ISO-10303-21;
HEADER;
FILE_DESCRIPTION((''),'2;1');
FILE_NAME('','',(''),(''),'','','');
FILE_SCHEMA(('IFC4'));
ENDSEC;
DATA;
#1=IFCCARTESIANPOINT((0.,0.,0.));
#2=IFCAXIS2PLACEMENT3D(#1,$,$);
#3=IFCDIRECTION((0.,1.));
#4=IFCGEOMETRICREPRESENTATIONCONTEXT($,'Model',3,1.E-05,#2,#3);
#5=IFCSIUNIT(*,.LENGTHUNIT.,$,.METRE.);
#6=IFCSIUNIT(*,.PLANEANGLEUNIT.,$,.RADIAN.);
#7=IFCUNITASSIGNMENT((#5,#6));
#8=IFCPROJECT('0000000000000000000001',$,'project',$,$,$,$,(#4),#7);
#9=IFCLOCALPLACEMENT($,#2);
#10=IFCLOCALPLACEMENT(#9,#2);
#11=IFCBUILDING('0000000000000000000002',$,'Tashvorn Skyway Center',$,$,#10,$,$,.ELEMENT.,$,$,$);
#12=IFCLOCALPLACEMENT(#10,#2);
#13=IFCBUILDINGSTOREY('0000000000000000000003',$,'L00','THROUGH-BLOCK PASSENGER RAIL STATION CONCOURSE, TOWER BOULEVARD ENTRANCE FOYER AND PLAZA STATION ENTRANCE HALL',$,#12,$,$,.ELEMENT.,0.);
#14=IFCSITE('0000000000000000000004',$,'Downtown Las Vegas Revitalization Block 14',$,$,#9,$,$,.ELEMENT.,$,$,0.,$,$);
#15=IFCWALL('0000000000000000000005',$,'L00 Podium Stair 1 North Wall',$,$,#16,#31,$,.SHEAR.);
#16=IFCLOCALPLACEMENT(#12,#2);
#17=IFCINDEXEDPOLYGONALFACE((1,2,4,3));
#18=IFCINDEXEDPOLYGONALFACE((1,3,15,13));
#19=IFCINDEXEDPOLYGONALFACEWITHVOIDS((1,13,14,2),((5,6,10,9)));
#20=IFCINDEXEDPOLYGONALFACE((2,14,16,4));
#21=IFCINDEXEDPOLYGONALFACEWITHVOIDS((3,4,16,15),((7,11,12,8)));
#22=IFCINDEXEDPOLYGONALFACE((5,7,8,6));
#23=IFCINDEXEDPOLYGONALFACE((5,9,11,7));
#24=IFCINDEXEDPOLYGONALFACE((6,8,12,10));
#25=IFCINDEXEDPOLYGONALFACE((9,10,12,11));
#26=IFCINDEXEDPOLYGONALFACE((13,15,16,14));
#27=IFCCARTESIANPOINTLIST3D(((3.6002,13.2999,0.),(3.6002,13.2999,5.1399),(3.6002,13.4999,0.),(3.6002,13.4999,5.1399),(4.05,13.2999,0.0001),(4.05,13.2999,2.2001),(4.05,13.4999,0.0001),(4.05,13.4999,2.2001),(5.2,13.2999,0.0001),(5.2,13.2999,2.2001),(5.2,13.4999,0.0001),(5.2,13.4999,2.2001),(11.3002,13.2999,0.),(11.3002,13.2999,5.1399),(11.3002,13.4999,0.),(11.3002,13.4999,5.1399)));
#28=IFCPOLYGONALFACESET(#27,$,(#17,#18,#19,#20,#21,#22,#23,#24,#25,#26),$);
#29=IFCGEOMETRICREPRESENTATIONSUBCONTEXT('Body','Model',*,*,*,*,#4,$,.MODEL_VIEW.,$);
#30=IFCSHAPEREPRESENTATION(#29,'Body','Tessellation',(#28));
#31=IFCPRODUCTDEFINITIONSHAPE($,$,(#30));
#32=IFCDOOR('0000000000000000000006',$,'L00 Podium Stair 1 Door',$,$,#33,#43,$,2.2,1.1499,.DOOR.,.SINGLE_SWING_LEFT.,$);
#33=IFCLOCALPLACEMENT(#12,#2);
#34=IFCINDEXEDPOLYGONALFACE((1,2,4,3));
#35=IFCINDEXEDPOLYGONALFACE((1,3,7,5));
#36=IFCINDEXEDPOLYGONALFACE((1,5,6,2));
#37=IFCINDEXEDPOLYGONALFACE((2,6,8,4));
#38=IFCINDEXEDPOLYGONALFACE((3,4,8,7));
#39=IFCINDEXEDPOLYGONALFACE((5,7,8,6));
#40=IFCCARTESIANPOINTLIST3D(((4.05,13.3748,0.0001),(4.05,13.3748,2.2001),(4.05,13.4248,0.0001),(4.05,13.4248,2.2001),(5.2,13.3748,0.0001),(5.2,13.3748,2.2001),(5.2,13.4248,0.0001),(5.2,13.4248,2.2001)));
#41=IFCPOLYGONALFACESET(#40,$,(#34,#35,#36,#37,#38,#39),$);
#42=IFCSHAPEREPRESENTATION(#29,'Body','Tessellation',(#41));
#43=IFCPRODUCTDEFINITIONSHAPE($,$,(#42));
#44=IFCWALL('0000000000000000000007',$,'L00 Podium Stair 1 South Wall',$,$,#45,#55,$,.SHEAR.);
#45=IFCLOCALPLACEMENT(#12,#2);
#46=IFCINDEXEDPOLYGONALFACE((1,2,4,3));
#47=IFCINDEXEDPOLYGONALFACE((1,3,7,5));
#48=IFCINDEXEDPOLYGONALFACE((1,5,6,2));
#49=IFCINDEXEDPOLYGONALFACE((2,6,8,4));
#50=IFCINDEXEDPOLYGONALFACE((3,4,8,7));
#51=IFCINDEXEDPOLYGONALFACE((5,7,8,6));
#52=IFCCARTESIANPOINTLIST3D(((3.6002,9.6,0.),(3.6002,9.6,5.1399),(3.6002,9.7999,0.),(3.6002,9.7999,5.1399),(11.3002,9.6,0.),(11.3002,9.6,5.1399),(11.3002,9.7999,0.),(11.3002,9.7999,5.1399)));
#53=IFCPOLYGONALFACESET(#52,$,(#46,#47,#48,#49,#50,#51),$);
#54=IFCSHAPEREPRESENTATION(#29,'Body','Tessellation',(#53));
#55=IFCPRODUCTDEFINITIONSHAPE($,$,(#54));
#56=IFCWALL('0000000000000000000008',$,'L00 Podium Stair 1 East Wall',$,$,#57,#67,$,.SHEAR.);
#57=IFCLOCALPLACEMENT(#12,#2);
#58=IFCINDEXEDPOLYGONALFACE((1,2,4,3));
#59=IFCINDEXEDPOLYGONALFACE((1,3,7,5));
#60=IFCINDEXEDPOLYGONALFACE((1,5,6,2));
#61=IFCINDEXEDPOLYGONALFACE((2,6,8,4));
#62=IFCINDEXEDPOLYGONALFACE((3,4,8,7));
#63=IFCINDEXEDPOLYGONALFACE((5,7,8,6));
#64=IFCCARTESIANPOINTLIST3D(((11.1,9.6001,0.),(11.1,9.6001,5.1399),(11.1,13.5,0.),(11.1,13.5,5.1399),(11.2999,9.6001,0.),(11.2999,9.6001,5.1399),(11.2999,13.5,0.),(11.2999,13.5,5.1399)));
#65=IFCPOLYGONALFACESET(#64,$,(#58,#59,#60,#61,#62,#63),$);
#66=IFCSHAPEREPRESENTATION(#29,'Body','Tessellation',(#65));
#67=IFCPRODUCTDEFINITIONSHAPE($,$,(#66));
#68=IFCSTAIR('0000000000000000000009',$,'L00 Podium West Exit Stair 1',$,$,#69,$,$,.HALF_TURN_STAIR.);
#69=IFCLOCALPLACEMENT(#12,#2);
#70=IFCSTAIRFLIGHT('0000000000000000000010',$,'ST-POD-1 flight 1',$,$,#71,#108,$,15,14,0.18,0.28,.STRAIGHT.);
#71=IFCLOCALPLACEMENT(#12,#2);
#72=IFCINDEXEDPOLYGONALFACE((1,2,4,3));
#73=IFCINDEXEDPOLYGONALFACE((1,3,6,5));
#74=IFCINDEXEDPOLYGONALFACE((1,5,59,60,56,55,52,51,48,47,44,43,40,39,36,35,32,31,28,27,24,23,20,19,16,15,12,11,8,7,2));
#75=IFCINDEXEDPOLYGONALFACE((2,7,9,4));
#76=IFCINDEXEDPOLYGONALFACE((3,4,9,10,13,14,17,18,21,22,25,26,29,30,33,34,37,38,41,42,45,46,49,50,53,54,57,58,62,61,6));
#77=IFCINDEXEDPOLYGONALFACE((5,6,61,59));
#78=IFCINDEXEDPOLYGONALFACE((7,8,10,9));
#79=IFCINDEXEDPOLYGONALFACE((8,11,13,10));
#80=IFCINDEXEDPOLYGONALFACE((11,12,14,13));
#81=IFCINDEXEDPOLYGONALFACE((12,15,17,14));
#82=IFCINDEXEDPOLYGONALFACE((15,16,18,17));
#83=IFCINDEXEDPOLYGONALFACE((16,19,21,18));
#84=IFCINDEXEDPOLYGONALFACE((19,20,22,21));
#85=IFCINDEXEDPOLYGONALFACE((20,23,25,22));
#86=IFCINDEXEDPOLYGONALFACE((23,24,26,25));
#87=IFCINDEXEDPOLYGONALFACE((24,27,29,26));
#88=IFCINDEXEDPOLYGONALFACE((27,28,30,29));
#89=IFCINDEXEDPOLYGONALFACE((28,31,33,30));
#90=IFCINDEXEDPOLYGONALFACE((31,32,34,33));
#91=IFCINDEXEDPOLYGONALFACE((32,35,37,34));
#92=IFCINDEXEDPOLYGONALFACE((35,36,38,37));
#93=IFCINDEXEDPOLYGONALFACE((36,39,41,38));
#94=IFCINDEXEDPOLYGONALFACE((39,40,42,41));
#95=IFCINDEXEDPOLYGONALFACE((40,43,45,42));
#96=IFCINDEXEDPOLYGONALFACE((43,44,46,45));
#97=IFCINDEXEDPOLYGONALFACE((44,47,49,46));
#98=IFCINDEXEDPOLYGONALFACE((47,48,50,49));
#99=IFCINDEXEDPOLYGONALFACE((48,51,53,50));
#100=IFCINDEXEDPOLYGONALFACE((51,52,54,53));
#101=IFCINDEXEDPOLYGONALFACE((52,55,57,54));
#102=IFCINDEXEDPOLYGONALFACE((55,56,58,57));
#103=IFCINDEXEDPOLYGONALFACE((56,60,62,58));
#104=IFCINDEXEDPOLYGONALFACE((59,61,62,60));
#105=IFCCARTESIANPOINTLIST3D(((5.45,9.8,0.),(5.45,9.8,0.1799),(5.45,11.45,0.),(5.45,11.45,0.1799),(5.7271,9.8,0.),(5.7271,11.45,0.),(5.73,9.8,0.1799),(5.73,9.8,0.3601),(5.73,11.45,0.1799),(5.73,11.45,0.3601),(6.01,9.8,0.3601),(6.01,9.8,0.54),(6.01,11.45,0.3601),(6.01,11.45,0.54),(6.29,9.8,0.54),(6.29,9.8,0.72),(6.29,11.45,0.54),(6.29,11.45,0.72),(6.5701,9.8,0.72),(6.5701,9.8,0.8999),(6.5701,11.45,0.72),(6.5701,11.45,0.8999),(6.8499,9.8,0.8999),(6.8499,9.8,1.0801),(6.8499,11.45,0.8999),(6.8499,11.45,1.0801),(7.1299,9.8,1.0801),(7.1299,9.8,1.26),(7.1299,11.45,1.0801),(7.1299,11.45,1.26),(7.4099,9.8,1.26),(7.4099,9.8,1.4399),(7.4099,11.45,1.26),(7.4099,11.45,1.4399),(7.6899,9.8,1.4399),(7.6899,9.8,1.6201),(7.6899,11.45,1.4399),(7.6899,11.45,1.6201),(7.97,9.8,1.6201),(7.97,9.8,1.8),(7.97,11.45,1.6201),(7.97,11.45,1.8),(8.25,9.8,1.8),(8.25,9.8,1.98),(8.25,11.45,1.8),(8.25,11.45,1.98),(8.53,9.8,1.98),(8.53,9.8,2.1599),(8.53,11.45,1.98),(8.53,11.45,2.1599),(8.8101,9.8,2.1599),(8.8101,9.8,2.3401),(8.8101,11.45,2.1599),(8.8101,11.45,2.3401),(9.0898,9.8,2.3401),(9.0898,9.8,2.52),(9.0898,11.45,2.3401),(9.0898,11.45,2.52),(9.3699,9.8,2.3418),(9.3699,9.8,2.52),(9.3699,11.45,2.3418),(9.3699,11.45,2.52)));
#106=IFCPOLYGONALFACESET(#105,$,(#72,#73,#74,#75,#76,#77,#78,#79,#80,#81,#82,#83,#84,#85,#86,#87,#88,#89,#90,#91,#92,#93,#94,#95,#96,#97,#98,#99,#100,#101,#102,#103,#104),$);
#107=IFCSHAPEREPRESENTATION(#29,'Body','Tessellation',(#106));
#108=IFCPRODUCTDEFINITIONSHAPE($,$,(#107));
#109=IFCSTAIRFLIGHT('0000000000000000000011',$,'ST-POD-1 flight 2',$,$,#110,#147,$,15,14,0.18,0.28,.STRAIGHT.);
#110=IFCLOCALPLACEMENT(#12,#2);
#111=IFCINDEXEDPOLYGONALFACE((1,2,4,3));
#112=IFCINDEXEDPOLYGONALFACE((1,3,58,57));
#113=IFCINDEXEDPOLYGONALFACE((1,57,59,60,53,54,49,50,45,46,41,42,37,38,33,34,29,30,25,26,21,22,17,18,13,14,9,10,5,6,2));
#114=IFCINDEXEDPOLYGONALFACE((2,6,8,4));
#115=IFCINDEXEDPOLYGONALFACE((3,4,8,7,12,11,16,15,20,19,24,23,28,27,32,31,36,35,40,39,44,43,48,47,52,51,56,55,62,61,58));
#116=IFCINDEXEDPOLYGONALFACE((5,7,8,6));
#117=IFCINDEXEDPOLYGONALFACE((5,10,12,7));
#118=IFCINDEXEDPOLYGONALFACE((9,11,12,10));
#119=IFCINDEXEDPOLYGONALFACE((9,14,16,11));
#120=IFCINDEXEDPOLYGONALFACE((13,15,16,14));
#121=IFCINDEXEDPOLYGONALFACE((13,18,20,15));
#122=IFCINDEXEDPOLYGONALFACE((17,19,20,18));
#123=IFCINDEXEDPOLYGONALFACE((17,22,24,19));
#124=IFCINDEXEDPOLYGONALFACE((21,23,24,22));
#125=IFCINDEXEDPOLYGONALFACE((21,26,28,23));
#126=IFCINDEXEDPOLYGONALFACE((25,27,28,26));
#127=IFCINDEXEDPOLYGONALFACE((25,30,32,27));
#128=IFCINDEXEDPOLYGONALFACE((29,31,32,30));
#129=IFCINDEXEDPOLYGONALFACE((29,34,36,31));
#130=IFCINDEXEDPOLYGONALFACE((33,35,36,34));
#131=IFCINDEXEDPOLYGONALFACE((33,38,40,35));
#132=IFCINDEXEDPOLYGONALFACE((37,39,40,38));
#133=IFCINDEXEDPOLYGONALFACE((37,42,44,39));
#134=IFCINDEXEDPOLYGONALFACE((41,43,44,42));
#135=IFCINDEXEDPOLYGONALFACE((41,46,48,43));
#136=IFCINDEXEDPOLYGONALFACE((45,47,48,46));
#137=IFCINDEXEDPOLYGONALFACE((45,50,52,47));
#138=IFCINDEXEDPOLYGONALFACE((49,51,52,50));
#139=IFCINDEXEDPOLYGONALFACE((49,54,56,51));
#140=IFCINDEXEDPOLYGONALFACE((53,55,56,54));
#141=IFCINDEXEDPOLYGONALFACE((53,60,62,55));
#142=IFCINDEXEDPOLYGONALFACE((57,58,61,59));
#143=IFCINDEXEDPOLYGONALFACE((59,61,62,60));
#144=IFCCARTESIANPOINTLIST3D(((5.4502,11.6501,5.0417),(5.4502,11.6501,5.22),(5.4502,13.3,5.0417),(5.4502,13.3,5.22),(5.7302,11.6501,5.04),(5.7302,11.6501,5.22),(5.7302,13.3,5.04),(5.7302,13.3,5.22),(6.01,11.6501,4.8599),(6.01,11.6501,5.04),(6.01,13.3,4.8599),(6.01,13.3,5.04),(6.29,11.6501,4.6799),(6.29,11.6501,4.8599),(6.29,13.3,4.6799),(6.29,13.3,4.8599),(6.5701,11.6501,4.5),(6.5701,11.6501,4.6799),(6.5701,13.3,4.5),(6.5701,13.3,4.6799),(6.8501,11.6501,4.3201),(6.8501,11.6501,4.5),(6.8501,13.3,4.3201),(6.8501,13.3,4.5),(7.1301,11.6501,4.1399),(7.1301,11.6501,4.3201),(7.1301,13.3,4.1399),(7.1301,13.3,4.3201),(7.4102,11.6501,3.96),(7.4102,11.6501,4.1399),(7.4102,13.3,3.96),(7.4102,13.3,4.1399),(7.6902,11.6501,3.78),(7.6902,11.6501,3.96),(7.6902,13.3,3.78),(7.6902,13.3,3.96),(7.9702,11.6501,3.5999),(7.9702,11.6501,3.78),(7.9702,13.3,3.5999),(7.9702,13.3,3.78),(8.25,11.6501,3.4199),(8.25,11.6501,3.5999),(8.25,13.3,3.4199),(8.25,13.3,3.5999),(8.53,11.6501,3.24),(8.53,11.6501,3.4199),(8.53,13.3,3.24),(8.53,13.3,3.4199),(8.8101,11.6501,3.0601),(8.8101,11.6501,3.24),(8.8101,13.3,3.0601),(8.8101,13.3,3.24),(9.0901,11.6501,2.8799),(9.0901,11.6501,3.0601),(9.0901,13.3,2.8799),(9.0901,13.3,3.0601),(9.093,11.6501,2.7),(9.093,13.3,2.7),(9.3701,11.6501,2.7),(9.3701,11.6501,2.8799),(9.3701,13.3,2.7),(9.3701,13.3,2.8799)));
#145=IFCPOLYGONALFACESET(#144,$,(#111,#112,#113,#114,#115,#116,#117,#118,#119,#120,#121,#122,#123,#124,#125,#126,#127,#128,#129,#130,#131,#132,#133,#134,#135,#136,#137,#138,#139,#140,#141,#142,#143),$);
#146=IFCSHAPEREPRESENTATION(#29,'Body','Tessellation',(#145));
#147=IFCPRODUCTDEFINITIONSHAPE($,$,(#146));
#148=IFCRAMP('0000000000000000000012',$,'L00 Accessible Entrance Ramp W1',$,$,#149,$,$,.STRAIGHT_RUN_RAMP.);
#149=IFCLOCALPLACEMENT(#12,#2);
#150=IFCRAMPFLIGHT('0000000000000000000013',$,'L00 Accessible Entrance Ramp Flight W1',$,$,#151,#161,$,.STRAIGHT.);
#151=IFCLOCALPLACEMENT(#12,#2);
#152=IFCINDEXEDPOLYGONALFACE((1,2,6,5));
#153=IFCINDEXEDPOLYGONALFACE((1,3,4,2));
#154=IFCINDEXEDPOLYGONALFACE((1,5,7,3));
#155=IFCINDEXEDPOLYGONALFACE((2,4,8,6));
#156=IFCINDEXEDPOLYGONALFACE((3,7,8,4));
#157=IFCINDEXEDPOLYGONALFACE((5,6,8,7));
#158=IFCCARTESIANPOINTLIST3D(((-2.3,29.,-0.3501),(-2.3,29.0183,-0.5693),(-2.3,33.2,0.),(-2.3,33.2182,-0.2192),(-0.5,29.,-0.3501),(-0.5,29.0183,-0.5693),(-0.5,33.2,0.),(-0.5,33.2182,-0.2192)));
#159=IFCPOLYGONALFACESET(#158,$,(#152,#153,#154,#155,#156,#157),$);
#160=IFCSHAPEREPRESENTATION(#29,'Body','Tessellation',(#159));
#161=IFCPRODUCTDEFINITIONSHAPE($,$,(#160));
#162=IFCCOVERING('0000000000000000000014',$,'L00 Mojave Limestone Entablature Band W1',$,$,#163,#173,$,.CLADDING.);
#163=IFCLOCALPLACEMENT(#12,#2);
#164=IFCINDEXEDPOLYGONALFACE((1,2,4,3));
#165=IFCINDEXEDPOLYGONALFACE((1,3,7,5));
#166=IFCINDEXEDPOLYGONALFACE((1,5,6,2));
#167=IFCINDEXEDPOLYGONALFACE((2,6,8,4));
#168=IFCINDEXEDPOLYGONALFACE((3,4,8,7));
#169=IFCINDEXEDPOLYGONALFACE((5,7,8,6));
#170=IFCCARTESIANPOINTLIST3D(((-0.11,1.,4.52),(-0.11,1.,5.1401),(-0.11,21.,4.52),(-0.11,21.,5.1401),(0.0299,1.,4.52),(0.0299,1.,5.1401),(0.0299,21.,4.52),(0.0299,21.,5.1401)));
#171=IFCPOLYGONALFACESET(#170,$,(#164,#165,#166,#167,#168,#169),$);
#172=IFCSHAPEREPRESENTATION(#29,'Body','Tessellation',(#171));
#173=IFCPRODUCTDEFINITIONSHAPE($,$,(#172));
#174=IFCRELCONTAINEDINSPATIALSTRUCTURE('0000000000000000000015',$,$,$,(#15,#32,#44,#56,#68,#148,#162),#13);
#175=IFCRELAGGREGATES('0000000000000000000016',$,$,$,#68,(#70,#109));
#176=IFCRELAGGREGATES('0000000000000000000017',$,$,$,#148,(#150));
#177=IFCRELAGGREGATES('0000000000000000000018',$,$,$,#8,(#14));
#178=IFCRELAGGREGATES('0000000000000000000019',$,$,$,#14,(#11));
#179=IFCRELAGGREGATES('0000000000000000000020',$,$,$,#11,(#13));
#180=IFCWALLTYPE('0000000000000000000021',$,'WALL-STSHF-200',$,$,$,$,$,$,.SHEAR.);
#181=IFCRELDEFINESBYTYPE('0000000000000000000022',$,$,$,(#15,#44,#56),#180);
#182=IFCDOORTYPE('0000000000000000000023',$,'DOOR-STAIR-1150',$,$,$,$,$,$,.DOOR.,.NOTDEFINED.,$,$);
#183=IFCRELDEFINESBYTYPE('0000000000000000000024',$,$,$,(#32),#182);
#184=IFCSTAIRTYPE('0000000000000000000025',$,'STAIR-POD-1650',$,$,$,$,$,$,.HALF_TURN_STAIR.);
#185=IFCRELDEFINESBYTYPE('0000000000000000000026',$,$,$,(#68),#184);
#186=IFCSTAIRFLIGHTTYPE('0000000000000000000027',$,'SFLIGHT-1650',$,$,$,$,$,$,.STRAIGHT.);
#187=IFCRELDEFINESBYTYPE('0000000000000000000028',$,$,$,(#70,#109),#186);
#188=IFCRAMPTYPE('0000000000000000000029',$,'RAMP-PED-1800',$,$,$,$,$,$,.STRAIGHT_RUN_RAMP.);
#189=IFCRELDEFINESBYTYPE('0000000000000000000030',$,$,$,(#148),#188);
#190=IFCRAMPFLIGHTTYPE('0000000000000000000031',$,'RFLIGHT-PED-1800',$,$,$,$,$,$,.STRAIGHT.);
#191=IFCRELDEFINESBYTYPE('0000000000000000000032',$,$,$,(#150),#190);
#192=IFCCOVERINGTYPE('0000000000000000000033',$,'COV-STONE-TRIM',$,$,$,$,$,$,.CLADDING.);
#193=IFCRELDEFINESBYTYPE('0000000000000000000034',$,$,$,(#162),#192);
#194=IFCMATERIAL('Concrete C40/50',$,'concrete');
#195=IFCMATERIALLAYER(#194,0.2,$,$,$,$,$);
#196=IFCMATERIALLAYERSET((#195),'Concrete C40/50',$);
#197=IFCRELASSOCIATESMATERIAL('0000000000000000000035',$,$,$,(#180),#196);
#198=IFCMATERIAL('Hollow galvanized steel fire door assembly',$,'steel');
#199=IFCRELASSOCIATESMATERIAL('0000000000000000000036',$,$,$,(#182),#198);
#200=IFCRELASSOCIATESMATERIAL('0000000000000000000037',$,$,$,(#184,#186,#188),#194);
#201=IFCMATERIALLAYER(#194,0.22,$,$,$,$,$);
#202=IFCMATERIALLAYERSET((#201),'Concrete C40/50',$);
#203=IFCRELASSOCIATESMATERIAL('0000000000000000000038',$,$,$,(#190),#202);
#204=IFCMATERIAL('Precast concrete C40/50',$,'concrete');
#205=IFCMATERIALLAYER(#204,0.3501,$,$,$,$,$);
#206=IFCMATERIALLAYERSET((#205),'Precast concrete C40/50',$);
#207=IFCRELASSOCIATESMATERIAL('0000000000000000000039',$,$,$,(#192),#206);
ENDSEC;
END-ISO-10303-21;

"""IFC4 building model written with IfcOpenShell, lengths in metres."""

from ifc_helpers import new_model, si_unit, direction, frame, frame_2d, origin, origin_2d, place, context, subcontext, project, spatial, polyline, rectangle, outline, extrude, material, layer, layer_set, type_object, element, fill, aggregate, save


model = new_model("IFC4")

# Units and contexts
model_context = context("Model", 3, precision=1e-05, world=origin(), true_north=direction((0.0, 1.0)))
body_context = subcontext(model_context, "Body", "Model", "MODEL_VIEW")
ifc_project = project(units=[si_unit("LENGTHUNIT", "METRE"), si_unit("PLANEANGLEUNIT", "RADIAN")], contexts=[model_context])

# Site, building, storey
site_placement = place(None, origin())
site = spatial("IfcSite", under=ifc_project, at=site_placement, Name="Downtown Las Vegas Revitalization Block 14", CompositionType="ELEMENT", RefElevation=0.0)
building_placement = place(site_placement, origin())
building = spatial("IfcBuilding", under=site, at=building_placement, Name="Tashvorn Skyway Center", CompositionType="ELEMENT")
storey_placement = place(building_placement, origin())
storey = spatial("IfcBuildingStorey", under=building, at=storey_placement, Name="L00", Description="THROUGH-BLOCK PASSENGER RAIL STATION CONCOURSE, TOWER BOULEVARD ENTRANCE FOYER AND PLAZA STATION ENTRANCE HALL", CompositionType="ELEMENT", Elevation=0.0)

# Shared definitions
ifc_material_1 = material(Name="Precast concrete C40/50", Category="concrete")

# Wall, opening, door
ifc_material_2 = material(Name="Concrete C40/50", Category="concrete")
ifc_layer_1 = layer(ifc_material_2, 0.2)
ifc_layer_set_1 = layer_set([ifc_layer_1], Name="Concrete C40/50")
wall_type_1 = type_object("IfcWallType", Name="WALL-STSHF-200", PredefinedType="SHEAR", material=ifc_layer_set_1)
wall_1_placement = place(storey_placement, frame((3.6001, 13.3999, 0.0), z_axis=(0.0, 0.0, 1.0), x_axis=(1.0, 0.0, 0.0)))
wall_1 = element("IfcWall", 1, at=wall_1_placement, inside=storey, type_object=wall_type_1, Name="L00 Podium Stair 1 North Wall", PredefinedType="SHEAR", context=body_context, shape_type="SweptSolid", body=[
    extrude(rectangle(XDim=7.7, YDim=0.2, at=frame_2d((3.8501, 0.0))), origin(), (0.0, 0.0, 1.0), 5.1399),
])
opening_placement = place(wall_1_placement, frame((0.45, 0.0, 0.0)))
opening = element("IfcOpeningElement", 2, at=opening_placement, cuts=wall_1, PredefinedType="OPENING", context=body_context, shape_type="SweptSolid", body=[
    extrude(rectangle(XDim=1.1499, YDim=2.2, at=frame_2d((0.575, 1.1001))), frame((0.0, 0.1099, 0.0), z_axis=(0.0, -1.0, 0.0), x_axis=(1.0, 0.0, 0.0)), (0.0, 0.0, 1.0), 0.22),
])
ifc_material_3 = material(Name="Hollow galvanized steel fire door assembly", Category="steel")
door_type = type_object("IfcDoorType", Name="DOOR-STAIR-1150", OperationType="NOTDEFINED", PredefinedType="DOOR", material=ifc_material_3)
door_placement = place(opening_placement, origin())
door = element("IfcDoor", 3, at=door_placement, inside=storey, type_object=door_type, Name="L00 Podium Stair 1 Door", OperationType="SINGLE_SWING_LEFT", OverallHeight=2.2, OverallWidth=1.1499, PredefinedType="DOOR", context=body_context, shape_type="SweptSolid", body=[
    extrude(rectangle(XDim=1.1499, YDim=2.2, at=frame_2d((0.575, 1.1001))), frame((0.0, 0.0249, 0.0), z_axis=(0.0, -1.0, 0.0), x_axis=(1.0, 0.0, 0.0)), (0.0, 0.0, 1.0), 0.05),
])
fill(opening, door)

# Walls
wall_2_placement = place(storey_placement, frame((3.6001, 9.7, 0.0), z_axis=(0.0, 0.0, 1.0), x_axis=(1.0, 0.0, 0.0)))
element("IfcWall", 4, at=wall_2_placement, inside=storey, type_object=wall_type_1, Name="L00 Podium Stair 1 South Wall", PredefinedType="SHEAR", context=body_context, shape_type="SweptSolid", body=[
    extrude(rectangle(XDim=7.7, YDim=0.2, at=frame_2d((3.8501, 0.0))), origin(), (0.0, 0.0, 1.0), 5.1399),
])
wall_3_placement = place(storey_placement, frame((11.2, 9.6001, 0.0), z_axis=(0.0, 0.0, 1.0), x_axis=(0.0, 1.0, 0.0)))
element("IfcWall", 5, at=wall_3_placement, inside=storey, type_object=wall_type_1, Name="L00 Podium Stair 1 East Wall", PredefinedType="SHEAR", context=body_context, shape_type="SweptSolid", body=[
    extrude(rectangle(XDim=3.8999, YDim=0.2, at=frame_2d((1.95, 0.0))), origin(), (0.0, 0.0, 1.0), 5.1399),
])

# Stair, stair flights
stair_type = type_object("IfcStairType", Name="STAIR-POD-1650", PredefinedType="HALF_TURN_STAIR", material=ifc_material_2)
stair_placement = place(storey_placement, origin())
stair = element("IfcStair", 6, at=stair_placement, inside=storey, type_object=stair_type, Name="L00 Podium West Exit Stair 1", PredefinedType="HALF_TURN_STAIR")
stair_flight_type = type_object("IfcStairFlightType", Name="SFLIGHT-1650", PredefinedType="STRAIGHT", material=ifc_material_2)
stair_flight_1_placement = place(storey_placement, frame((5.45, 10.625, 0.0), z_axis=(0.0, 0.0, 1.0), x_axis=(1.0, 0.0, 0.0)))
stair_flight_1 = element("IfcStairFlight", 7, at=stair_flight_1_placement, type_object=stair_flight_type, Name="ST-POD-1 flight 1", NumberOfRisers=15, NumberOfTreads=14, PredefinedType="STRAIGHT", RiserHeight=0.18, TreadLength=0.28, context=body_context, shape_type="SweptSolid", body=[
    extrude(outline(polyline([(0.0, 0.0), (0.0, 0.1799), (0.28, 0.1799), (0.28, 0.3601), (0.5601, 0.3601), (0.5601, 0.54), (0.8401, 0.54), (0.8401, 0.72), (1.1201, 0.72), (1.1201, 0.8999), (1.3999, 0.8999), (1.3999, 1.0801), (1.6799, 1.0801), (1.6799, 1.26), (1.96, 1.26), (1.96, 1.4399), (2.24, 1.4399), (2.24, 1.6201), (2.52, 1.6201), (2.52, 1.8), (2.8, 1.8), (2.8, 1.98), (3.0801, 1.98), (3.0801, 2.1599), (3.3601, 2.1599), (3.3601, 2.3401), (3.6399, 2.3401), (3.6399, 2.52), (3.9199, 2.52), (3.9199, 2.7), (3.9199, 2.3418), (0.2771, 0.0), (0.0, 0.0)])), frame((0.0, 0.825, 0.0), z_axis=(0.0, -1.0, 0.0), x_axis=(1.0, 0.0, 0.0)), (0.0, 0.0, 1.0), 1.6499),
])
stair_flight_2_placement = place(storey_placement, frame((9.3701, 12.4751, 2.7), z_axis=(0.0, 0.0, 1.0), x_axis=(-1.0, 0.0, 0.0)))
stair_flight_2 = element("IfcStairFlight", 8, at=stair_flight_2_placement, type_object=stair_flight_type, Name="ST-POD-1 flight 2", NumberOfRisers=15, NumberOfTreads=14, PredefinedType="STRAIGHT", RiserHeight=0.18, TreadLength=0.28, context=body_context, shape_type="SweptSolid", body=[
    extrude(outline(polyline([(0.0, 0.0), (0.0, 0.1799), (0.28, 0.1799), (0.28, 0.3601), (0.5601, 0.3601), (0.5601, 0.54), (0.8401, 0.54), (0.8401, 0.72), (1.1201, 0.72), (1.1201, 0.8999), (1.3999, 0.8999), (1.3999, 1.0801), (1.6799, 1.0801), (1.6799, 1.26), (1.96, 1.26), (1.96, 1.4399), (2.24, 1.4399), (2.24, 1.6201), (2.52, 1.6201), (2.52, 1.8), (2.8, 1.8), (2.8, 1.98), (3.0801, 1.98), (3.0801, 2.1599), (3.3601, 2.1599), (3.3601, 2.3401), (3.6399, 2.3401), (3.6399, 2.52), (3.9199, 2.52), (3.9199, 2.7), (3.9199, 2.3418), (0.2771, 0.0), (0.0, 0.0)])), frame((0.0, 0.825, 0.0), z_axis=(0.0, -1.0, 0.0), x_axis=(1.0, 0.0, 0.0)), (0.0, 0.0, 1.0), 1.6499),
])
aggregate(stair, [stair_flight_1, stair_flight_2])

# Ramp, ramp flight
ramp_type = type_object("IfcRampType", Name="RAMP-PED-1800", PredefinedType="STRAIGHT_RUN_RAMP", material=ifc_material_2)
ramp_placement = place(storey_placement, origin())
ramp = element("IfcRamp", 9, at=ramp_placement, inside=storey, type_object=ramp_type, Name="L00 Accessible Entrance Ramp W1", PredefinedType="STRAIGHT_RUN_RAMP")
ifc_layer_2 = layer(ifc_material_2, 0.22)
ifc_layer_set_2 = layer_set([ifc_layer_2], Name="Concrete C40/50")
ramp_flight_type = type_object("IfcRampFlightType", Name="RFLIGHT-PED-1800", PredefinedType="STRAIGHT", material=ifc_layer_set_2)
ramp_flight_placement = place(storey_placement, frame((-2.3, 29.0, -0.3501), z_axis=(0.0, -0.083069, 0.996544), x_axis=(0.0, 0.996544, 0.083069)))
ramp_flight = element("IfcRampFlight", 10, at=ramp_flight_placement, type_object=ramp_flight_type, Name="L00 Accessible Entrance Ramp Flight W1", PredefinedType="STRAIGHT", context=body_context, shape_type="SweptSolid", body=[
    extrude(outline(polyline([(0.0, 0.0), (4.2145, 0.0), (4.2145, -1.8), (0.0, -1.8), (0.0, 0.0)])), origin(), (0.0, 0.0, -1.0), 0.22),
])
aggregate(ramp, [ramp_flight])

# Covering
ifc_layer_3 = layer(ifc_material_1, 0.3501)
ifc_layer_set_3 = layer_set([ifc_layer_3], Name="Precast concrete C40/50")
covering_type = type_object("IfcCoveringType", Name="COV-STONE-TRIM", PredefinedType="CLADDING", material=ifc_layer_set_3)
covering_1_placement = place(storey_placement, frame((-0.04, 11.0, 4.52), z_axis=(0.0, 0.0, 1.0), x_axis=(1.0, 0.0, 0.0)))
element("IfcCovering", 11, at=covering_1_placement, inside=storey, type_object=covering_type, Name="L00 Mojave Limestone Entablature Band W1", PredefinedType="CLADDING", context=body_context, shape_type="SweptSolid", body=[
    extrude(rectangle(XDim=0.1399, YDim=20.0, at=origin_2d()), origin(), (0.0, 0.0, 1.0), 0.6201),
])

save(model, "model.ifc")
